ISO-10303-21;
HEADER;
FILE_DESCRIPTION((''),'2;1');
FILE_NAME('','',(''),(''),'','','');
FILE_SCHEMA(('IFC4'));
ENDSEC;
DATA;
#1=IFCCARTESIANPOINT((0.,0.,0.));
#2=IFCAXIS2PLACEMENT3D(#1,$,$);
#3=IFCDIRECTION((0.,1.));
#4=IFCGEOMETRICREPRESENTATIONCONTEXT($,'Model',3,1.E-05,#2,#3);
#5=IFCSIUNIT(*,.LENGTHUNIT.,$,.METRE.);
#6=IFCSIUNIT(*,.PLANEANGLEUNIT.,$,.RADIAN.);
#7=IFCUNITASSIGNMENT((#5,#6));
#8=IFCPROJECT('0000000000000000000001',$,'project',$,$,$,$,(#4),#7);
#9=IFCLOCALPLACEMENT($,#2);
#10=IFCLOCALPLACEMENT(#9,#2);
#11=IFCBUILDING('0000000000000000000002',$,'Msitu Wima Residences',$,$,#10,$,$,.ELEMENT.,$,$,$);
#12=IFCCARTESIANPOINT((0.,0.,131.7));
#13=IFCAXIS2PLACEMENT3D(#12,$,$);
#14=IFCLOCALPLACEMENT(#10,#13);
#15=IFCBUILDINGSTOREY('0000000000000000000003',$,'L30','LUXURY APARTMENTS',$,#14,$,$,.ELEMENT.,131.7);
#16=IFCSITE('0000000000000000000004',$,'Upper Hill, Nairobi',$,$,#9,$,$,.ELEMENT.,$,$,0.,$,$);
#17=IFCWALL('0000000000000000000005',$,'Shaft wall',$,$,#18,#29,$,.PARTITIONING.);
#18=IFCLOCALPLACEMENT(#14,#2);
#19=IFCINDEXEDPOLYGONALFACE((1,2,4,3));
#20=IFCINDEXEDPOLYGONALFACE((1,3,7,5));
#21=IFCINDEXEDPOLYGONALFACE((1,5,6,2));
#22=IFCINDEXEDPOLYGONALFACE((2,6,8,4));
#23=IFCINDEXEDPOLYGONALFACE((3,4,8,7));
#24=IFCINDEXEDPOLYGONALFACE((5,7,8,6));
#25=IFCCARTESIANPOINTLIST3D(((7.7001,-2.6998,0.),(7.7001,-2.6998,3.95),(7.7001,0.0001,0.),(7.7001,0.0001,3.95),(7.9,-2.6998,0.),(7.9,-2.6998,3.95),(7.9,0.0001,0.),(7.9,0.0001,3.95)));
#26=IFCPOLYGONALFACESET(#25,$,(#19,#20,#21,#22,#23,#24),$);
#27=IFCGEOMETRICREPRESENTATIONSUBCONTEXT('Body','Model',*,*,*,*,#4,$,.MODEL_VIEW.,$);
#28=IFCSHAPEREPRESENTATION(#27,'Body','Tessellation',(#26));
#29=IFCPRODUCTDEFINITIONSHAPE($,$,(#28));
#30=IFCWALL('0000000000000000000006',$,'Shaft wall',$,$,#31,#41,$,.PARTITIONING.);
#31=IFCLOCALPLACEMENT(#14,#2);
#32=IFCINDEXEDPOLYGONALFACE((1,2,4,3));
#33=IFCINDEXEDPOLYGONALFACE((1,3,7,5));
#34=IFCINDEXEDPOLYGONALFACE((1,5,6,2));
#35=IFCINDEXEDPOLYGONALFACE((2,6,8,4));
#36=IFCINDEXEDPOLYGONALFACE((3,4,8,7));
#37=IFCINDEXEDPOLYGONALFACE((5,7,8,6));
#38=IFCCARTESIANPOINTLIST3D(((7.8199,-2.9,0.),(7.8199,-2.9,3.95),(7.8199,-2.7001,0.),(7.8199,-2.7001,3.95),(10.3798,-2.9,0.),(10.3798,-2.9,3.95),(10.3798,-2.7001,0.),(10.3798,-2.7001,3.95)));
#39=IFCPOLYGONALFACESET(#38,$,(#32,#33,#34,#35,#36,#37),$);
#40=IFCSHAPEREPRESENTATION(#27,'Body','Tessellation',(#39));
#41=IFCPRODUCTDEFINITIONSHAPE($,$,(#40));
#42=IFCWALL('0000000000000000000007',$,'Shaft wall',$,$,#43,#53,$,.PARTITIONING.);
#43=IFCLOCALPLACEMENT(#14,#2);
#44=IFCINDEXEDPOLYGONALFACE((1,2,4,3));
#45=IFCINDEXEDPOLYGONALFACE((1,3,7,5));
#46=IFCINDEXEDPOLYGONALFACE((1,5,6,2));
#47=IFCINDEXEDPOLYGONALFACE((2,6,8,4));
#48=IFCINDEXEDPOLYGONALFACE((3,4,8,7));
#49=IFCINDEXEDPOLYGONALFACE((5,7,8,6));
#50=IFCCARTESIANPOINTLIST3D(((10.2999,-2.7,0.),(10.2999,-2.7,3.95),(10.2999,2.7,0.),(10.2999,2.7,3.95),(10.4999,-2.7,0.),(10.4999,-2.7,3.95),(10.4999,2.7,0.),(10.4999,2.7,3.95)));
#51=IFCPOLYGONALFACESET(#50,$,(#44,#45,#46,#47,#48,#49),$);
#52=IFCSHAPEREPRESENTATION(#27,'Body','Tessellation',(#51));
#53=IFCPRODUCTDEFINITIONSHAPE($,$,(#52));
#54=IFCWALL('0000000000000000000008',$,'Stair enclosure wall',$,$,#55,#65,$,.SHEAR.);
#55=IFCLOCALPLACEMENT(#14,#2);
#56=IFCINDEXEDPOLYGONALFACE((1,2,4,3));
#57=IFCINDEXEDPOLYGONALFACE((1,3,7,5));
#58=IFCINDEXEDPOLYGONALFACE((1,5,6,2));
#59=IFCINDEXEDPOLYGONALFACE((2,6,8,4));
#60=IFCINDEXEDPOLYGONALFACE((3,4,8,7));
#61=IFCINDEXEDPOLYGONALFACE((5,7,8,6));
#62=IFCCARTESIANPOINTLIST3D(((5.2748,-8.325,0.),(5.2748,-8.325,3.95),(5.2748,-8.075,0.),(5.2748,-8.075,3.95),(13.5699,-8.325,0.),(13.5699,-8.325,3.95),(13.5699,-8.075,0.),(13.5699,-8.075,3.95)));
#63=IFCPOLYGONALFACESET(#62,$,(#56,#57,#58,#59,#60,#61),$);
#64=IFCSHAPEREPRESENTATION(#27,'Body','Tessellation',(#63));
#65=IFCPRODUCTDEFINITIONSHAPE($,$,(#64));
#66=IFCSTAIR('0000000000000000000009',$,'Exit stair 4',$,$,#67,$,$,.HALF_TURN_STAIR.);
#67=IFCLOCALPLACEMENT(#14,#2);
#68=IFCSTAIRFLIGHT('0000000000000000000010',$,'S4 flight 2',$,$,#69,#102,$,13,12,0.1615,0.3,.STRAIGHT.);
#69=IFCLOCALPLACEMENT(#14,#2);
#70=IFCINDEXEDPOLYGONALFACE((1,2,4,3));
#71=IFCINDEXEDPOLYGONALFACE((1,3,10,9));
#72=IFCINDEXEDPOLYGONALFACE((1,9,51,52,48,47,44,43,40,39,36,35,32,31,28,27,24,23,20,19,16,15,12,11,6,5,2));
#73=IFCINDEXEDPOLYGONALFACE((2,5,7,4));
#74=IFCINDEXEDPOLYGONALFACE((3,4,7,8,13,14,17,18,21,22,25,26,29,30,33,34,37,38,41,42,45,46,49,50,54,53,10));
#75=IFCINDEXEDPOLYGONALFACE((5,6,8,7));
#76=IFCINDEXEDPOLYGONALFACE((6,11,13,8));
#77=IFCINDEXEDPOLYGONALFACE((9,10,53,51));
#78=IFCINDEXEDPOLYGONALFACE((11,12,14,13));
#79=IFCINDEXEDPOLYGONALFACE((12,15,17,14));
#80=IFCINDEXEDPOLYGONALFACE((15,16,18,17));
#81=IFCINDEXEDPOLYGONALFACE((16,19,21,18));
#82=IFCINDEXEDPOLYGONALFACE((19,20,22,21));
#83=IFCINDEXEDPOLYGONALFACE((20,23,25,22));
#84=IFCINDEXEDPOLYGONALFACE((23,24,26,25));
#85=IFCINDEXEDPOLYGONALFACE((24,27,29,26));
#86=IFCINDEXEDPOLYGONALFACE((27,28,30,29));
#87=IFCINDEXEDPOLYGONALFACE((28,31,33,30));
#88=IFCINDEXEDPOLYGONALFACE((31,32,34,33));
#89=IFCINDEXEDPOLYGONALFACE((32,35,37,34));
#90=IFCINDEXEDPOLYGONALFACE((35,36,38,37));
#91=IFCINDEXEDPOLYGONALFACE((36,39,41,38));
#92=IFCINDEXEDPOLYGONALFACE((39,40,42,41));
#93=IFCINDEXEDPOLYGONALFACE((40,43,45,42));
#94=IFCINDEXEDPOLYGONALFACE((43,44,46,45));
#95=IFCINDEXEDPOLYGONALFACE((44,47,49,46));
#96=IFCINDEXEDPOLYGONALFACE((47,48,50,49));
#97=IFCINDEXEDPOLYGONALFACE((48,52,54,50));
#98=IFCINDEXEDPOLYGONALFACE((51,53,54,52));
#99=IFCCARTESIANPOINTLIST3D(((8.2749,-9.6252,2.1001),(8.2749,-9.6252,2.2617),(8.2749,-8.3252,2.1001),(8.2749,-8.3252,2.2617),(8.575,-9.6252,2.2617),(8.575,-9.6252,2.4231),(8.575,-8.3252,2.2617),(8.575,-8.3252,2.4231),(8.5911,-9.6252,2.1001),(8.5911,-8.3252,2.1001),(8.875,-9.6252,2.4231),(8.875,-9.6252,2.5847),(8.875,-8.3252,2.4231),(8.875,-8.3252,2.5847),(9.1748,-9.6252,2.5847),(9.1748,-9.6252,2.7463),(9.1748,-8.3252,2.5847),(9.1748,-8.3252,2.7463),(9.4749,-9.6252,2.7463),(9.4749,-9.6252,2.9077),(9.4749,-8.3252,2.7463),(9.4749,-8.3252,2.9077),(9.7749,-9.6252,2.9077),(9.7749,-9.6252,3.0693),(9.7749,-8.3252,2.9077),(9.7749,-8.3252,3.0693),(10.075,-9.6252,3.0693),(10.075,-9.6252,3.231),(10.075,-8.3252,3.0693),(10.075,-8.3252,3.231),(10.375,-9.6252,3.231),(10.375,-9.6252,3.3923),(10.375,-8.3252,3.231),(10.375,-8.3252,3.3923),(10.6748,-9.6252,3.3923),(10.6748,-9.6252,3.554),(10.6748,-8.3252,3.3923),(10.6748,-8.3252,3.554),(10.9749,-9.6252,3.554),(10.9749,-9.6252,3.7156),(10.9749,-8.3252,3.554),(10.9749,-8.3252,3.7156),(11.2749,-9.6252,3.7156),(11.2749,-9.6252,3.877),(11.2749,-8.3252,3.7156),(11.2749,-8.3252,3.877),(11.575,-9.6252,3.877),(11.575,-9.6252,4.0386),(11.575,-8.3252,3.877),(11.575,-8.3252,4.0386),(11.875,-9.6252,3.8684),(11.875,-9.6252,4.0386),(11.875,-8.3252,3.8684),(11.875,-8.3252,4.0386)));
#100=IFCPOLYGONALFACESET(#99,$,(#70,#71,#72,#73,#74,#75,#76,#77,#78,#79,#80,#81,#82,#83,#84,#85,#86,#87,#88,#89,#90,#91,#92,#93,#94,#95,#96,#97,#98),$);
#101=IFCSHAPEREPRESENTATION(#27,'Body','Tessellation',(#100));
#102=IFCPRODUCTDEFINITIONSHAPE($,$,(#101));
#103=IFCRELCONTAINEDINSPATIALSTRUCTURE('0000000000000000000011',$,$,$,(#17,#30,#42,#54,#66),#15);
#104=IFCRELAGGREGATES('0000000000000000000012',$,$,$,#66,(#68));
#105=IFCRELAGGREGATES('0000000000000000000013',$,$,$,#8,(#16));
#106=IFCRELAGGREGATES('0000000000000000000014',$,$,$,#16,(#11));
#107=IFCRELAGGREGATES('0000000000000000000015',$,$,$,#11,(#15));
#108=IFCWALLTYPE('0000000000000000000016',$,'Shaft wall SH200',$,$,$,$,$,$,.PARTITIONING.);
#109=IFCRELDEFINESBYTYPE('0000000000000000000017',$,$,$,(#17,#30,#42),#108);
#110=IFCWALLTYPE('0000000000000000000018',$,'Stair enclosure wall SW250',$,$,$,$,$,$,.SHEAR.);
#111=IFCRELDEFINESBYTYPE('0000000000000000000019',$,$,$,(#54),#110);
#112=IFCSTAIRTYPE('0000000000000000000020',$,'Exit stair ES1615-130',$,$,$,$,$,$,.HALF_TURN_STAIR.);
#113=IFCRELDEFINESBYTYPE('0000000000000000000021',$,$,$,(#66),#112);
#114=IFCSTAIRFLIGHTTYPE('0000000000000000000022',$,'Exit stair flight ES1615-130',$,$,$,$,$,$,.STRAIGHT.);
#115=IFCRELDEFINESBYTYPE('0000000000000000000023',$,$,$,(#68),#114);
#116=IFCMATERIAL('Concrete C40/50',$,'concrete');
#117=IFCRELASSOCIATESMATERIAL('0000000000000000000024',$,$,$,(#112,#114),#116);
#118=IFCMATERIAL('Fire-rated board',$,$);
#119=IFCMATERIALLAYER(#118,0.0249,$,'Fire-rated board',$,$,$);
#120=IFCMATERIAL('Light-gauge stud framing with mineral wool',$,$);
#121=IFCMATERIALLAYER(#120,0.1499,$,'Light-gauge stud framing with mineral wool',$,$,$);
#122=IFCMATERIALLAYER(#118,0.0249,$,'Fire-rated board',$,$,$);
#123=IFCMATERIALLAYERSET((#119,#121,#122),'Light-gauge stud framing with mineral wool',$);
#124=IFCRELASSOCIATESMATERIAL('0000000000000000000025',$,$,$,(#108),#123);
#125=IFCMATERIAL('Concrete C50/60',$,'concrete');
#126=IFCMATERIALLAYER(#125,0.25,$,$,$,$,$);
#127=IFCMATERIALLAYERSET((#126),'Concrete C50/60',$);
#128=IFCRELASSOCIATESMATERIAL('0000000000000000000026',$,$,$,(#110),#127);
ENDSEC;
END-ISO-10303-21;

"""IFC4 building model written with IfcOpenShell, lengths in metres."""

from ifc_helpers import new_model, si_unit, direction, frame, frame_2d, origin, place, context, subcontext, project, spatial, polyline, rectangle, outline, extrude, material, layer, layer_set, type_object, element, aggregate, save


model = new_model("IFC4")

# Units and contexts
model_context = context("Model", 3, precision=1e-05, world=origin(), true_north=direction((0.0, 1.0)))
body_context = subcontext(model_context, "Body", "Model", "MODEL_VIEW")
ifc_project = project(units=[si_unit("LENGTHUNIT", "METRE"), si_unit("PLANEANGLEUNIT", "RADIAN")], contexts=[model_context])

# Site, building, storey
site_placement = place(None, origin())
site = spatial("IfcSite", under=ifc_project, at=site_placement, Name="Upper Hill, Nairobi", CompositionType="ELEMENT", RefElevation=0.0)
building_placement = place(site_placement, origin())
building = spatial("IfcBuilding", under=site, at=building_placement, Name="Msitu Wima Residences", CompositionType="ELEMENT")
storey_placement = place(building_placement, frame((0.0, 0.0, 131.7)))
storey = spatial("IfcBuildingStorey", under=building, at=storey_placement, Name="L30", Description="LUXURY APARTMENTS", CompositionType="ELEMENT", Elevation=131.7)

# Shared definitions
ifc_material_1 = material(Name="Concrete C40/50", Category="concrete")

# Shared definitions
stair_type = type_object("IfcStairType", Name="Exit stair ES1615-130", PredefinedType="HALF_TURN_STAIR", material=ifc_material_1)

# Walls
ifc_material_2 = material(Name="Fire-rated board")
ifc_layer_1 = layer(ifc_material_2, 0.0249, Name="Fire-rated board")
ifc_material_3 = material(Name="Light-gauge stud framing with mineral wool")
ifc_layer_2 = layer(ifc_material_3, 0.1499, Name="Light-gauge stud framing with mineral wool")
ifc_layer_3 = layer(ifc_material_2, 0.0249, Name="Fire-rated board")
ifc_layer_set_1 = layer_set([ifc_layer_1, ifc_layer_2, ifc_layer_3], Name="Light-gauge stud framing with mineral wool")
wall_type_1 = type_object("IfcWallType", Name="Shaft wall SH200", PredefinedType="PARTITIONING", material=ifc_layer_set_1)
wall_1_placement = place(storey_placement, frame((7.8, -2.7, 0.0), z_axis=(0.0, 0.0, 1.0), x_axis=(0.0, 1.0, 0.0)))
element("IfcWall", 1, at=wall_1_placement, inside=storey, type_object=wall_type_1, Name="Shaft wall", PredefinedType="PARTITIONING", context=body_context, shape_type="SweptSolid", body=[
    extrude(rectangle(XDim=2.7, YDim=0.2, at=frame_2d((1.3501, 0.0))), origin(), (0.0, 0.0, 1.0), 3.95),
])
wall_2_placement = place(storey_placement, frame((7.8201, -2.8, 0.0), z_axis=(0.0, 0.0, 1.0), x_axis=(1.0, 0.0, 0.0)))
element("IfcWall", 2, at=wall_2_placement, inside=storey, type_object=wall_type_1, Name="Shaft wall", PredefinedType="PARTITIONING", context=body_context, shape_type="SweptSolid", body=[
    extrude(rectangle(XDim=2.5598, YDim=0.2, at=frame_2d((1.2798, 0.0))), origin(), (0.0, 0.0, 1.0), 3.95),
])
wall_3_placement = place(storey_placement, frame((10.3999, -2.7, 0.0), z_axis=(0.0, 0.0, 1.0), x_axis=(0.0, 1.0, 0.0)))
element("IfcWall", 3, at=wall_3_placement, inside=storey, type_object=wall_type_1, Name="Shaft wall", PredefinedType="PARTITIONING", context=body_context, shape_type="SweptSolid", body=[
    extrude(rectangle(XDim=5.3999, YDim=0.2, at=frame_2d((2.7, 0.0))), origin(), (0.0, 0.0, 1.0), 3.95),
])
ifc_material_4 = material(Name="Concrete C50/60", Category="concrete")
ifc_layer_4 = layer(ifc_material_4, 0.25)
ifc_layer_set_2 = layer_set([ifc_layer_4], Name="Concrete C50/60")
wall_type_2 = type_object("IfcWallType", Name="Stair enclosure wall SW250", PredefinedType="SHEAR", material=ifc_layer_set_2)
wall_4_placement = place(storey_placement, frame((5.2749, -8.2, 0.0), z_axis=(0.0, 0.0, 1.0), x_axis=(1.0, 0.0, 0.0)))
element("IfcWall", 4, at=wall_4_placement, inside=storey, type_object=wall_type_2, Name="Stair enclosure wall", PredefinedType="SHEAR", context=body_context, shape_type="SweptSolid", body=[
    extrude(rectangle(XDim=8.2952, YDim=0.25, at=frame_2d((4.1475, 0.0))), origin(), (0.0, 0.0, 1.0), 3.95),
])

# Stair, stair flight
stair_1_placement = place(storey_placement, origin())
stair_1 = element("IfcStair", 5, at=stair_1_placement, inside=storey, type_object=stair_type, Name="Exit stair 4", PredefinedType="HALF_TURN_STAIR")
stair_flight_type = type_object("IfcStairFlightType", Name="Exit stair flight ES1615-130", PredefinedType="STRAIGHT", material=ifc_material_1)
stair_flight_placement = place(storey_placement, frame((8.2749, -8.9751, 2.1001), z_axis=(0.0, 0.0, 1.0), x_axis=(1.0, 0.0, 0.0)))
stair_flight = element("IfcStairFlight", 6, at=stair_flight_placement, type_object=stair_flight_type, Name="S4 flight 2", NumberOfRisers=13, NumberOfTreads=12, PredefinedType="STRAIGHT", RiserHeight=0.1615, TreadLength=0.3, context=body_context, shape_type="SweptSolid", body=[
    extrude(outline(polyline([(0.0, 0.0), (0.0, 0.1616), (0.3, 0.1616), (0.3, 0.323), (0.6001, 0.323), (0.6001, 0.4846), (0.8999, 0.4846), (0.8999, 0.6462), (1.2, 0.6462), (1.2, 0.8076), (1.5, 0.8076), (1.5, 0.9692), (1.8, 0.9692), (1.8, 1.1309), (2.1001, 1.1309), (2.1001, 1.2922), (2.3999, 1.2922), (2.3999, 1.4539), (2.7, 1.4539), (2.7, 1.6155), (3.0, 1.6155), (3.0, 1.7769), (3.3, 1.7769), (3.3, 1.9385), (3.6001, 1.9385), (3.6001, 2.1001), (3.6001, 1.7683), (0.3162, 0.0), (0.0, 0.0)])), frame((0.0, 0.6499, 0.0), z_axis=(0.0, -1.0, 0.0), x_axis=(1.0, 0.0, 0.0)), (0.0, 0.0, 1.0), 1.3),
])
aggregate(stair_1, [stair_flight])

save(model, "model.ifc")
